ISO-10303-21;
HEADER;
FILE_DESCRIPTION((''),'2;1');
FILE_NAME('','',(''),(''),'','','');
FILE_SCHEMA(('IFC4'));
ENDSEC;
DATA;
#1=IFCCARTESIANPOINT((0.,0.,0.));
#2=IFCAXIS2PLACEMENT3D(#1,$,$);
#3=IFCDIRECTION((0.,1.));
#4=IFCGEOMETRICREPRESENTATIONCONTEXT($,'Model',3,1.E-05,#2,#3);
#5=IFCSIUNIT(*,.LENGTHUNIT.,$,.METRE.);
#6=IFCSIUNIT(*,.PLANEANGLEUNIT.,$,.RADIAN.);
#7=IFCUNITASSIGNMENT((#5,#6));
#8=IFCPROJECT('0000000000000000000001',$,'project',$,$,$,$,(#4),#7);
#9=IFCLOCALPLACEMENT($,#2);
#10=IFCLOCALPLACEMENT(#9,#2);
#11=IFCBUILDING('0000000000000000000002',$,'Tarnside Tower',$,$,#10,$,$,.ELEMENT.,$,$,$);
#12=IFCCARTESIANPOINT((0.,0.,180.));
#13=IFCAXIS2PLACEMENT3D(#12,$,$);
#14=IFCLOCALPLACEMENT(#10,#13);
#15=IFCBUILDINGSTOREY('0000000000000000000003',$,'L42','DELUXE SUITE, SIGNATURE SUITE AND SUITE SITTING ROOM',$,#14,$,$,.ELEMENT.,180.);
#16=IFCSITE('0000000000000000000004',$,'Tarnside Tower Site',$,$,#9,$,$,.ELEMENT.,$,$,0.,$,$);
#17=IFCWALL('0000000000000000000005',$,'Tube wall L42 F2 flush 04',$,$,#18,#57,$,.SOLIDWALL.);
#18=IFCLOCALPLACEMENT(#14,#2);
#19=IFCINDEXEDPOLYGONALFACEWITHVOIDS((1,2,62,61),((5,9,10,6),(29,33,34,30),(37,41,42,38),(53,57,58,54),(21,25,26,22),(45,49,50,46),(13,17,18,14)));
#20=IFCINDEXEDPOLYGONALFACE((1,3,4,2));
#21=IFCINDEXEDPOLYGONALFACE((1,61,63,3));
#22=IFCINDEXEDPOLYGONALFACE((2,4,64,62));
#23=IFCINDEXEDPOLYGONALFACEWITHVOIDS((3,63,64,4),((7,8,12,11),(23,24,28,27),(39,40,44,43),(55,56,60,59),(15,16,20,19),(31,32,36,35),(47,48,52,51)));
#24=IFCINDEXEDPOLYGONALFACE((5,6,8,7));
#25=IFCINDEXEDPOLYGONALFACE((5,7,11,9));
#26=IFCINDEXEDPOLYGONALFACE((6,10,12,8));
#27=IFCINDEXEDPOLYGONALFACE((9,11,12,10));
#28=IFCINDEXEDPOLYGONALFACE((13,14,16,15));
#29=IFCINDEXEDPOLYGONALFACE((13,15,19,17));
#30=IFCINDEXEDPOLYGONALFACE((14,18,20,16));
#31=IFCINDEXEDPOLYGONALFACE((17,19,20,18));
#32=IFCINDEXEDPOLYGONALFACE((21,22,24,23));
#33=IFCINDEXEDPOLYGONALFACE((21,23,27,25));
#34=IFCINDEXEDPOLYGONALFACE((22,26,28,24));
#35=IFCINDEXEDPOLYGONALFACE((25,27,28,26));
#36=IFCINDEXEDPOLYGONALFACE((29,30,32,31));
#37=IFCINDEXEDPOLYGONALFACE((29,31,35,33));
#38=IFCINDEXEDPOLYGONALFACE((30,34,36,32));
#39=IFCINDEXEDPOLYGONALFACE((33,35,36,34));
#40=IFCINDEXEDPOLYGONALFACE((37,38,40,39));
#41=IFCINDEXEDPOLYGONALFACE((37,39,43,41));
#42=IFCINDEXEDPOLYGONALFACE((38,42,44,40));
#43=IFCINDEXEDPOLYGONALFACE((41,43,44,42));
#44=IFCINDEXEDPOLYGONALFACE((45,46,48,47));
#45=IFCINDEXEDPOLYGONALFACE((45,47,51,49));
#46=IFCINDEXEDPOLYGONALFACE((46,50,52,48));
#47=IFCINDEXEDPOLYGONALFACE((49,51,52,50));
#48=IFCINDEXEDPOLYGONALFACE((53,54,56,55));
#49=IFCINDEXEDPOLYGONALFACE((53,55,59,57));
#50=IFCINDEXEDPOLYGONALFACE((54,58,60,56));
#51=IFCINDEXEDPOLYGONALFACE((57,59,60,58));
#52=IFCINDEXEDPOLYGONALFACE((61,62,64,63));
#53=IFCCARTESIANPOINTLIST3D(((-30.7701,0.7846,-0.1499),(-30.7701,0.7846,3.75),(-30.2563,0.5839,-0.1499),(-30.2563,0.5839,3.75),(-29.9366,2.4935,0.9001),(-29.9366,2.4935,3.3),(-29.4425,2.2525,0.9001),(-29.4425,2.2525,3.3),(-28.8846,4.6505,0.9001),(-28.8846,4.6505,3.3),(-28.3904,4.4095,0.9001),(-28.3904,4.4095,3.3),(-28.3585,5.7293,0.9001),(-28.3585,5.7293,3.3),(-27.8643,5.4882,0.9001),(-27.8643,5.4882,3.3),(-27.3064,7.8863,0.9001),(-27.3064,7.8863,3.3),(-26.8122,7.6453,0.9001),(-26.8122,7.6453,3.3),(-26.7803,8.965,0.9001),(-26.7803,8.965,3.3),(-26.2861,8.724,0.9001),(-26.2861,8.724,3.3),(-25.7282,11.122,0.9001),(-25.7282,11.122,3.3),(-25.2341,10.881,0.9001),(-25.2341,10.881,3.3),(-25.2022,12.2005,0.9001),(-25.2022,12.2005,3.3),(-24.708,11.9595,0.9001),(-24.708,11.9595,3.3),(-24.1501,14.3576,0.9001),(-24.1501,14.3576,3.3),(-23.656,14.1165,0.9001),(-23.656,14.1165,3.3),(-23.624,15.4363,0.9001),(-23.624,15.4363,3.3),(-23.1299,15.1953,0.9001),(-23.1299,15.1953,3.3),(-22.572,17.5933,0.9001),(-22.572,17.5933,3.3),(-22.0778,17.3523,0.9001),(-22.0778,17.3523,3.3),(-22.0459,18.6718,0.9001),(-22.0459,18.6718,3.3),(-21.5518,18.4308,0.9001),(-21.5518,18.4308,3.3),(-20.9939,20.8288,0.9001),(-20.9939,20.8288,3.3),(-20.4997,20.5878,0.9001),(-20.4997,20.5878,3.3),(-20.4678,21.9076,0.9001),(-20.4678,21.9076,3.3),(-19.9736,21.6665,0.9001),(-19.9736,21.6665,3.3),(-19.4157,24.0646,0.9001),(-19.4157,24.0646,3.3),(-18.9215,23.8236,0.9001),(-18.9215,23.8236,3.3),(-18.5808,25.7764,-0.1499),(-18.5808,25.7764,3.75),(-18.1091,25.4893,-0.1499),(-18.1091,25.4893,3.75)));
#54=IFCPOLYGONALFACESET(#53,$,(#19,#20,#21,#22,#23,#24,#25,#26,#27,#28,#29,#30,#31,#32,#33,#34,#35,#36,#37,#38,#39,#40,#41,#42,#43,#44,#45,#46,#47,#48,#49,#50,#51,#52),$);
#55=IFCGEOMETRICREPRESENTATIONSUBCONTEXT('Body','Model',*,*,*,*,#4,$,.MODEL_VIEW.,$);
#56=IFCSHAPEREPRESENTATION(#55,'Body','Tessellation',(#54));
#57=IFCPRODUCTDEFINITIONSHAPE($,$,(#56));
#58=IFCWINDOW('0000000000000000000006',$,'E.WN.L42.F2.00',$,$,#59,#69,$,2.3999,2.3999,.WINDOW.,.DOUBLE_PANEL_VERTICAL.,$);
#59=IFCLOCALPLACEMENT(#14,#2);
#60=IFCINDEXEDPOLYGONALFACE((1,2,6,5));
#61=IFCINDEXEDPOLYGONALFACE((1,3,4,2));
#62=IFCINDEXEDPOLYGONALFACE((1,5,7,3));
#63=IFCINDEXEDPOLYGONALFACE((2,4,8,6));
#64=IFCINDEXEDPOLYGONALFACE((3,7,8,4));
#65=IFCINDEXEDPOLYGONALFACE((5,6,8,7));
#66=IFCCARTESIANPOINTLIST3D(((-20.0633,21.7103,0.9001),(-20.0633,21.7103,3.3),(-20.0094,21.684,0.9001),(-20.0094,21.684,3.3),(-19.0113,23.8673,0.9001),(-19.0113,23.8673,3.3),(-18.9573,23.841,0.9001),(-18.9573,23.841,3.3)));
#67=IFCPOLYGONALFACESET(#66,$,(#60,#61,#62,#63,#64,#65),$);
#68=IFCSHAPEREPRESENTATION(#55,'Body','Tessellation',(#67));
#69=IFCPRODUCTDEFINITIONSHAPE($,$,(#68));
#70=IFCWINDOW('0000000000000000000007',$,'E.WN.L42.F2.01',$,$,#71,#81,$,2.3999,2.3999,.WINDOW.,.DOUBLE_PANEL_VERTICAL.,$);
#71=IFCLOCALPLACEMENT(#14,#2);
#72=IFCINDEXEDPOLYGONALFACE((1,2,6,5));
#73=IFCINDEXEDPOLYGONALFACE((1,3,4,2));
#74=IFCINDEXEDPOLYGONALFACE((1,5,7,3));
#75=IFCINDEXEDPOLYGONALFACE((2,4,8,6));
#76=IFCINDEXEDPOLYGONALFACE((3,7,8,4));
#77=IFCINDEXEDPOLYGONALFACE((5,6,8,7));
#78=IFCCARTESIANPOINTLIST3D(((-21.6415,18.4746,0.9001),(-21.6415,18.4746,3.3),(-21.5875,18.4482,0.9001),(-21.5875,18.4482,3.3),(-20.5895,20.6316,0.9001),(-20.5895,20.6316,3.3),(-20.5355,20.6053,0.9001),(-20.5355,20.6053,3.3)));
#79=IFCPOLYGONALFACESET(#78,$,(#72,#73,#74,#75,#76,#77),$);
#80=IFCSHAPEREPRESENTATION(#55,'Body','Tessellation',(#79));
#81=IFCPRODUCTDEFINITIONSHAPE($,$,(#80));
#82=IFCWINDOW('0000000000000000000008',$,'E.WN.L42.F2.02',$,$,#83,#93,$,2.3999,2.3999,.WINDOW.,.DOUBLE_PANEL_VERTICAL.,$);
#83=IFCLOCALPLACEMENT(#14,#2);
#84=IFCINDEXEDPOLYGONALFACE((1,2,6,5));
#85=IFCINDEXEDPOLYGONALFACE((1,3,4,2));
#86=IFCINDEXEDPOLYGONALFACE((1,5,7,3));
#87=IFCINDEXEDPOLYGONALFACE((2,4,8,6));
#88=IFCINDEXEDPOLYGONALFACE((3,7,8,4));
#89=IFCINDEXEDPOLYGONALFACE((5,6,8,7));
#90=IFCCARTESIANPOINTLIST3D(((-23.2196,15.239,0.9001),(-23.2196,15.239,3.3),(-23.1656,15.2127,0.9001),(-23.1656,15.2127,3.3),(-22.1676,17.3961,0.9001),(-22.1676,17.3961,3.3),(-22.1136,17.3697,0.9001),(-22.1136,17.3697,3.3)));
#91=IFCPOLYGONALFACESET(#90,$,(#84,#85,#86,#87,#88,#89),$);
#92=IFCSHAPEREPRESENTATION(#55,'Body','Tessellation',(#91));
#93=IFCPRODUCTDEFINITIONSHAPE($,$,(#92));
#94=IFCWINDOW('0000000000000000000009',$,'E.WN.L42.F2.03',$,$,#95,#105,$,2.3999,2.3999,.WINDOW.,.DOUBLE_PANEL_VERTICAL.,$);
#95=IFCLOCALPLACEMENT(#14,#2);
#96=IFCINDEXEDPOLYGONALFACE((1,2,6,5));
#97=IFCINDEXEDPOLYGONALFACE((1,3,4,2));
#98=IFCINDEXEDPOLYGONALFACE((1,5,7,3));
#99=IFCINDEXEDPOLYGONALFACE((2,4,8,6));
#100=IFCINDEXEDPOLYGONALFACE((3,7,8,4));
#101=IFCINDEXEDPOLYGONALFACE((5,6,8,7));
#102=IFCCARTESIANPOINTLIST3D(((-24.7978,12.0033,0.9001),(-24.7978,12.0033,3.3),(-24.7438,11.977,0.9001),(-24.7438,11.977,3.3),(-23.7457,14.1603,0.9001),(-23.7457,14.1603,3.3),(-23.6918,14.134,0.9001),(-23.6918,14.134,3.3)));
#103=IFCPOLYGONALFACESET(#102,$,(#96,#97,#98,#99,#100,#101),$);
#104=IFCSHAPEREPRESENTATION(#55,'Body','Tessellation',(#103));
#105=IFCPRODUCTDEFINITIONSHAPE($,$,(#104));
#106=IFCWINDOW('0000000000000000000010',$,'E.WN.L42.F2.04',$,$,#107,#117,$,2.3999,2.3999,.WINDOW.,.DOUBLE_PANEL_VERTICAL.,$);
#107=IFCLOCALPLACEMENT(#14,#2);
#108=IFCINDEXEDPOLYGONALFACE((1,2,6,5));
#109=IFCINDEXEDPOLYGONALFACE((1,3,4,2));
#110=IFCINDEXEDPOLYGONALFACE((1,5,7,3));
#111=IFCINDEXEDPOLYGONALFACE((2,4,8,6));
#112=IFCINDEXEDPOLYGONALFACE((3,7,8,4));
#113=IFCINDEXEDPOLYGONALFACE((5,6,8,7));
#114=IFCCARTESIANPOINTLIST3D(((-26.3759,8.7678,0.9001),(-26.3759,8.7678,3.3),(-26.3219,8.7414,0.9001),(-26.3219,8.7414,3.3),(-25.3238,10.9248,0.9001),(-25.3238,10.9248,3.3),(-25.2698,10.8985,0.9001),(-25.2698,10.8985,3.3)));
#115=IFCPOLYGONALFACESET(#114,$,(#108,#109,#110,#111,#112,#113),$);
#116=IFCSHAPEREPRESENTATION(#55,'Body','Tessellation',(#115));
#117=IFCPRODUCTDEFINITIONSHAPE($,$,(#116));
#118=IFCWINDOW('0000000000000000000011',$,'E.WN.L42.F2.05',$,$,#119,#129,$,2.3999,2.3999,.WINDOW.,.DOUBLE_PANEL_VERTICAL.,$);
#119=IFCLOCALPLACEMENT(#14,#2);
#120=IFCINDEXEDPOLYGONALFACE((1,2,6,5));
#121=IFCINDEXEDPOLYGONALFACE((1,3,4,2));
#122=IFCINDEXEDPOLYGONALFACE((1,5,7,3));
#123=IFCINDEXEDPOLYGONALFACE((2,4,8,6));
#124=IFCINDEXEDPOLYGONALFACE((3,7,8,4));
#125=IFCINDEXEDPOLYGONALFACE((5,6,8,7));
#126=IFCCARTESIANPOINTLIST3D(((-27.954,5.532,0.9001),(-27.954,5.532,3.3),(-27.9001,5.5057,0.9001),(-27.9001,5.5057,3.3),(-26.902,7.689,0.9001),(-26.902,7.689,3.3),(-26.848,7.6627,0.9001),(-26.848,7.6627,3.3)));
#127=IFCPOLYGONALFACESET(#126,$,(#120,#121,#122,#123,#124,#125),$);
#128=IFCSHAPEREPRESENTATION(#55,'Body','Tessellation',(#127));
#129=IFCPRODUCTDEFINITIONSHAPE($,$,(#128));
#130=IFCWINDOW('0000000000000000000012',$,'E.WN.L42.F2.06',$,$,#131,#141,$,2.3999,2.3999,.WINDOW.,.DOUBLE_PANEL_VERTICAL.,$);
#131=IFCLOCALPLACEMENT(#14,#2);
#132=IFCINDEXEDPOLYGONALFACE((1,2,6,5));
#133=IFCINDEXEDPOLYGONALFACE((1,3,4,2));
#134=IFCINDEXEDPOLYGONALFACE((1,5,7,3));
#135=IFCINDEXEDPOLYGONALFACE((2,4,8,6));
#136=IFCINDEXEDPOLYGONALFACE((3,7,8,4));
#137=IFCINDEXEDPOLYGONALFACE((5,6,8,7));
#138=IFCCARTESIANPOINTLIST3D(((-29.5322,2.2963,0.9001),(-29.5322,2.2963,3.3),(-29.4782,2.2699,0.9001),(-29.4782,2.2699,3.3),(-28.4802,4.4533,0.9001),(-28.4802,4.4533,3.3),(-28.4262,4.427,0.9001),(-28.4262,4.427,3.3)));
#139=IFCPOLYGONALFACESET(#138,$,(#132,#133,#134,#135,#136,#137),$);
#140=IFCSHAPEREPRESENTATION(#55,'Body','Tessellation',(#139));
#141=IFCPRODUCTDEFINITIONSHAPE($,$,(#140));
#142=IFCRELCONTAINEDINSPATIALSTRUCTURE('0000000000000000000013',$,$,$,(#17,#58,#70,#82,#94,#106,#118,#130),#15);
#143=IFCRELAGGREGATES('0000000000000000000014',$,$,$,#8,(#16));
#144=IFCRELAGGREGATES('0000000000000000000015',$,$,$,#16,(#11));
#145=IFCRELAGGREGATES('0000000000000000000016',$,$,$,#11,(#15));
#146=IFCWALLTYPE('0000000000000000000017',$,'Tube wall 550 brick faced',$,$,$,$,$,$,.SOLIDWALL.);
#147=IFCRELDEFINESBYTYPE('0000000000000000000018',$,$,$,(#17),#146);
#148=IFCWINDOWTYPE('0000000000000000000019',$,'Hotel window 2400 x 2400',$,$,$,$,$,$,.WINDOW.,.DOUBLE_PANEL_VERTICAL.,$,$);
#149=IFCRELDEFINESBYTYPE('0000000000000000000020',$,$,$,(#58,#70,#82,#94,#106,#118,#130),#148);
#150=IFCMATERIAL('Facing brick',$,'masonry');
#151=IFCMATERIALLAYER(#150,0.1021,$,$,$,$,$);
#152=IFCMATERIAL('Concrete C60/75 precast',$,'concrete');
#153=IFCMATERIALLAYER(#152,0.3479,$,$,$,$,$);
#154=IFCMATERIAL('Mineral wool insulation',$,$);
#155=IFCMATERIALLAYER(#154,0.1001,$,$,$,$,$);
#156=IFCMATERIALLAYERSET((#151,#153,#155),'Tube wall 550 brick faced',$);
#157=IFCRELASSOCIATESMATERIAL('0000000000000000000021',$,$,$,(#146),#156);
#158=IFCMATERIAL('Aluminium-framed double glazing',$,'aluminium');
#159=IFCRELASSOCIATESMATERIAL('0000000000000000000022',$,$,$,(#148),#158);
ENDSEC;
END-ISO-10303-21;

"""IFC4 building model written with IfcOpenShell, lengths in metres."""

from ifc_helpers import new_model, si_unit, direction, frame, frame_2d, origin, place, context, subcontext, project, spatial, polyline, rectangle, outline, extrude, material, layer, layer_set, type_object, element, fill, save


model = new_model("IFC4")

# Units and contexts
model_context = context("Model", 3, precision=1e-05, world=origin(), true_north=direction((0.0, 1.0)))
body_context = subcontext(model_context, "Body", "Model", "MODEL_VIEW")
ifc_project = project(units=[si_unit("LENGTHUNIT", "METRE"), si_unit("PLANEANGLEUNIT", "RADIAN")], contexts=[model_context])

# Site, building, storey
site_placement = place(None, origin())
site = spatial("IfcSite", under=ifc_project, at=site_placement, Name="Tarnside Tower Site", CompositionType="ELEMENT", RefElevation=0.0)
building_placement = place(site_placement, origin())
building = spatial("IfcBuilding", under=site, at=building_placement, Name="Tarnside Tower", CompositionType="ELEMENT")
storey_placement = place(building_placement, frame((0.0, 0.0, 180.0)))
storey = spatial("IfcBuildingStorey", under=building, at=storey_placement, Name="L42", Description="DELUXE SUITE, SIGNATURE SUITE AND SUITE SITTING ROOM", CompositionType="ELEMENT", Elevation=180.0)

# Shared definitions
ifc_material_1 = material(Name="Facing brick", Category="masonry")
ifc_layer_1 = layer(ifc_material_1, 0.1021)
ifc_material_2 = material(Name="Concrete C60/75 precast", Category="concrete")
ifc_layer_2 = layer(ifc_material_2, 0.3479)
ifc_material_3 = material(Name="Mineral wool insulation")
ifc_layer_3 = layer(ifc_material_3, 0.1001)
ifc_layer_set_1 = layer_set([ifc_layer_1, ifc_layer_2, ifc_layer_3], Name="Tube wall 550 brick faced")
wall_type_1 = type_object("IfcWallType", Name="Tube wall 550 brick faced", PredefinedType="SOLIDWALL", material=ifc_layer_set_1)

# Wall, openings, windows
wall_1_placement = place(storey_placement, frame((-18.345, 25.6328, -0.1499), z_axis=(0.0, 0.0, 1.0), x_axis=(-0.438372, -0.898794, 0.0)))
wall_1 = element("IfcWall", 1, at=wall_1_placement, inside=storey, type_object=wall_type_1, Name="Tube wall L42 F2 flush 04", PredefinedType="SOLIDWALL", context=body_context, shape_type="SweptSolid", body=[
    extrude(outline(polyline([(-0.0256, -0.2749), (27.7803, -0.2749), (27.7354, 0.2749), (0.0256, 0.2749), (-0.0256, -0.2749)])), origin(), (0.0, 0.0, 1.0), 3.8999),
])
opening_1_placement = place(wall_1_placement, frame((1.8789, 0.0, 1.05)))
opening_1 = element("IfcOpeningElement", 2, at=opening_1_placement, cuts=wall_1, PredefinedType="OPENING", context=body_context, shape_type="SweptSolid", body=[
    extrude(rectangle(XDim=2.3999, YDim=2.3999, at=frame_2d((1.2, 1.2))), frame((0.0, 0.2852, 0.0), z_axis=(0.0, -1.0, 0.0), x_axis=(1.0, 0.0, 0.0)), (0.0, 0.0, 1.0), 0.5701),
])
opening_2_placement = place(wall_1_placement, frame((5.479, 0.0, 1.05)))
opening_2 = element("IfcOpeningElement", 3, at=opening_2_placement, cuts=wall_1, PredefinedType="OPENING", context=body_context, shape_type="SweptSolid", body=[
    extrude(rectangle(XDim=2.3999, YDim=2.3999, at=frame_2d((1.2, 1.2))), frame((0.0, 0.2852, 0.0), z_axis=(0.0, -1.0, 0.0), x_axis=(1.0, 0.0, 0.0)), (0.0, 0.0, 1.0), 0.5701),
])
opening_3_placement = place(wall_1_placement, frame((9.0789, 0.0, 1.05)))
opening_3 = element("IfcOpeningElement", 4, at=opening_3_placement, cuts=wall_1, PredefinedType="OPENING", context=body_context, shape_type="SweptSolid", body=[
    extrude(rectangle(XDim=2.3999, YDim=2.3999, at=frame_2d((1.2, 1.2))), frame((0.0, 0.2852, 0.0), z_axis=(0.0, -1.0, 0.0), x_axis=(1.0, 0.0, 0.0)), (0.0, 0.0, 1.0), 0.5701),
])
opening_4_placement = place(wall_1_placement, frame((12.679, 0.0, 1.05)))
opening_4 = element("IfcOpeningElement", 5, at=opening_4_placement, cuts=wall_1, PredefinedType="OPENING", context=body_context, shape_type="SweptSolid", body=[
    extrude(rectangle(XDim=2.3999, YDim=2.3999, at=frame_2d((1.2, 1.2))), frame((0.0, 0.2852, 0.0), z_axis=(0.0, -1.0, 0.0), x_axis=(1.0, 0.0, 0.0)), (0.0, 0.0, 1.0), 0.5701),
])
opening_5_placement = place(wall_1_placement, frame((16.2788, 0.0, 1.05)))
opening_5 = element("IfcOpeningElement", 6, at=opening_5_placement, cuts=wall_1, PredefinedType="OPENING", context=body_context, shape_type="SweptSolid", body=[
    extrude(rectangle(XDim=2.3999, YDim=2.3999, at=frame_2d((1.2, 1.2))), frame((0.0, 0.2852, 0.0), z_axis=(0.0, -1.0, 0.0), x_axis=(1.0, 0.0, 0.0)), (0.0, 0.0, 1.0), 0.5701),
])
opening_6_placement = place(wall_1_placement, frame((19.8789, 0.0, 1.05)))
opening_6 = element("IfcOpeningElement", 7, at=opening_6_placement, cuts=wall_1, PredefinedType="OPENING", context=body_context, shape_type="SweptSolid", body=[
    extrude(rectangle(XDim=2.3999, YDim=2.3999, at=frame_2d((1.2, 1.2))), frame((0.0, 0.2852, 0.0), z_axis=(0.0, -1.0, 0.0), x_axis=(1.0, 0.0, 0.0)), (0.0, 0.0, 1.0), 0.5701),
])
opening_7_placement = place(wall_1_placement, frame((23.479, 0.0, 1.05)))
opening_7 = element("IfcOpeningElement", 8, at=opening_7_placement, cuts=wall_1, PredefinedType="OPENING", context=body_context, shape_type="SweptSolid", body=[
    extrude(rectangle(XDim=2.3999, YDim=2.3999, at=frame_2d((1.2, 1.2))), frame((0.0, 0.2852, 0.0), z_axis=(0.0, -1.0, 0.0), x_axis=(1.0, 0.0, 0.0)), (0.0, 0.0, 1.0), 0.5701),
])
ifc_material_4 = material(Name="Aluminium-framed double glazing", Category="aluminium")
window_type = type_object("IfcWindowType", Name="Hotel window 2400 x 2400", PartitioningType="DOUBLE_PANEL_VERTICAL", PredefinedType="WINDOW", material=ifc_material_4)
window_1_placement = place(opening_1_placement, frame((0.0, 0.2051, 0.0)))
window_1 = element("IfcWindow", 9, at=window_1_placement, inside=storey, type_object=window_type, Name="E.WN.L42.F2.00", OverallHeight=2.3999, OverallWidth=2.3999, PartitioningType="DOUBLE_PANEL_VERTICAL", PredefinedType="WINDOW", context=body_context, shape_type="SweptSolid", body=[
    extrude(rectangle(XDim=2.3999, YDim=2.3999, at=frame_2d((1.2, 1.2))), frame((0.0, 0.03, 0.0), z_axis=(0.0, -1.0, 0.0), x_axis=(1.0, 0.0, 0.0)), (0.0, 0.0, 1.0), 0.0601),
])
fill(opening_1, window_1)
window_2_placement = place(opening_2_placement, frame((0.0, 0.2051, 0.0)))
window_2 = element("IfcWindow", 10, at=window_2_placement, inside=storey, type_object=window_type, Name="E.WN.L42.F2.01", OverallHeight=2.3999, OverallWidth=2.3999, PartitioningType="DOUBLE_PANEL_VERTICAL", PredefinedType="WINDOW", context=body_context, shape_type="SweptSolid", body=[
    extrude(rectangle(XDim=2.3999, YDim=2.3999, at=frame_2d((1.2, 1.2))), frame((0.0, 0.03, 0.0), z_axis=(0.0, -1.0, 0.0), x_axis=(1.0, 0.0, 0.0)), (0.0, 0.0, 1.0), 0.0601),
])
fill(opening_2, window_2)
window_3_placement = place(opening_3_placement, frame((0.0, 0.2051, 0.0)))
window_3 = element("IfcWindow", 11, at=window_3_placement, inside=storey, type_object=window_type, Name="E.WN.L42.F2.02", OverallHeight=2.3999, OverallWidth=2.3999, PartitioningType="DOUBLE_PANEL_VERTICAL", PredefinedType="WINDOW", context=body_context, shape_type="SweptSolid", body=[
    extrude(rectangle(XDim=2.3999, YDim=2.3999, at=frame_2d((1.2, 1.2))), frame((0.0, 0.03, 0.0), z_axis=(0.0, -1.0, 0.0), x_axis=(1.0, 0.0, 0.0)), (0.0, 0.0, 1.0), 0.0601),
])
fill(opening_3, window_3)
window_4_placement = place(opening_4_placement, frame((0.0, 0.2051, 0.0)))
window_4 = element("IfcWindow", 12, at=window_4_placement, inside=storey, type_object=window_type, Name="E.WN.L42.F2.03", OverallHeight=2.3999, OverallWidth=2.3999, PartitioningType="DOUBLE_PANEL_VERTICAL", PredefinedType="WINDOW", context=body_context, shape_type="SweptSolid", body=[
    extrude(rectangle(XDim=2.3999, YDim=2.3999, at=frame_2d((1.2, 1.2))), frame((0.0, 0.03, 0.0), z_axis=(0.0, -1.0, 0.0), x_axis=(1.0, 0.0, 0.0)), (0.0, 0.0, 1.0), 0.0601),
])
fill(opening_4, window_4)
window_5_placement = place(opening_5_placement, frame((0.0, 0.2051, 0.0)))
window_5 = element("IfcWindow", 13, at=window_5_placement, inside=storey, type_object=window_type, Name="E.WN.L42.F2.04", OverallHeight=2.3999, OverallWidth=2.3999, PartitioningType="DOUBLE_PANEL_VERTICAL", PredefinedType="WINDOW", context=body_context, shape_type="SweptSolid", body=[
    extrude(rectangle(XDim=2.3999, YDim=2.3999, at=frame_2d((1.2, 1.2))), frame((0.0, 0.03, 0.0), z_axis=(0.0, -1.0, 0.0), x_axis=(1.0, 0.0, 0.0)), (0.0, 0.0, 1.0), 0.0601),
])
fill(opening_5, window_5)
window_6_placement = place(opening_6_placement, frame((0.0, 0.2051, 0.0)))
window_6 = element("IfcWindow", 14, at=window_6_placement, inside=storey, type_object=window_type, Name="E.WN.L42.F2.05", OverallHeight=2.3999, OverallWidth=2.3999, PartitioningType="DOUBLE_PANEL_VERTICAL", PredefinedType="WINDOW", context=body_context, shape_type="SweptSolid", body=[
    extrude(rectangle(XDim=2.3999, YDim=2.3999, at=frame_2d((1.2, 1.2))), frame((0.0, 0.03, 0.0), z_axis=(0.0, -1.0, 0.0), x_axis=(1.0, 0.0, 0.0)), (0.0, 0.0, 1.0), 0.0601),
])
fill(opening_6, window_6)
window_7_placement = place(opening_7_placement, frame((0.0, 0.2051, 0.0)))
window_7 = element("IfcWindow", 15, at=window_7_placement, inside=storey, type_object=window_type, Name="E.WN.L42.F2.06", OverallHeight=2.3999, OverallWidth=2.3999, PartitioningType="DOUBLE_PANEL_VERTICAL", PredefinedType="WINDOW", context=body_context, shape_type="SweptSolid", body=[
    extrude(rectangle(XDim=2.3999, YDim=2.3999, at=frame_2d((1.2, 1.2))), frame((0.0, 0.03, 0.0), z_axis=(0.0, -1.0, 0.0), x_axis=(1.0, 0.0, 0.0)), (0.0, 0.0, 1.0), 0.0601),
])
fill(opening_7, window_7)

save(model, "model.ifc")
